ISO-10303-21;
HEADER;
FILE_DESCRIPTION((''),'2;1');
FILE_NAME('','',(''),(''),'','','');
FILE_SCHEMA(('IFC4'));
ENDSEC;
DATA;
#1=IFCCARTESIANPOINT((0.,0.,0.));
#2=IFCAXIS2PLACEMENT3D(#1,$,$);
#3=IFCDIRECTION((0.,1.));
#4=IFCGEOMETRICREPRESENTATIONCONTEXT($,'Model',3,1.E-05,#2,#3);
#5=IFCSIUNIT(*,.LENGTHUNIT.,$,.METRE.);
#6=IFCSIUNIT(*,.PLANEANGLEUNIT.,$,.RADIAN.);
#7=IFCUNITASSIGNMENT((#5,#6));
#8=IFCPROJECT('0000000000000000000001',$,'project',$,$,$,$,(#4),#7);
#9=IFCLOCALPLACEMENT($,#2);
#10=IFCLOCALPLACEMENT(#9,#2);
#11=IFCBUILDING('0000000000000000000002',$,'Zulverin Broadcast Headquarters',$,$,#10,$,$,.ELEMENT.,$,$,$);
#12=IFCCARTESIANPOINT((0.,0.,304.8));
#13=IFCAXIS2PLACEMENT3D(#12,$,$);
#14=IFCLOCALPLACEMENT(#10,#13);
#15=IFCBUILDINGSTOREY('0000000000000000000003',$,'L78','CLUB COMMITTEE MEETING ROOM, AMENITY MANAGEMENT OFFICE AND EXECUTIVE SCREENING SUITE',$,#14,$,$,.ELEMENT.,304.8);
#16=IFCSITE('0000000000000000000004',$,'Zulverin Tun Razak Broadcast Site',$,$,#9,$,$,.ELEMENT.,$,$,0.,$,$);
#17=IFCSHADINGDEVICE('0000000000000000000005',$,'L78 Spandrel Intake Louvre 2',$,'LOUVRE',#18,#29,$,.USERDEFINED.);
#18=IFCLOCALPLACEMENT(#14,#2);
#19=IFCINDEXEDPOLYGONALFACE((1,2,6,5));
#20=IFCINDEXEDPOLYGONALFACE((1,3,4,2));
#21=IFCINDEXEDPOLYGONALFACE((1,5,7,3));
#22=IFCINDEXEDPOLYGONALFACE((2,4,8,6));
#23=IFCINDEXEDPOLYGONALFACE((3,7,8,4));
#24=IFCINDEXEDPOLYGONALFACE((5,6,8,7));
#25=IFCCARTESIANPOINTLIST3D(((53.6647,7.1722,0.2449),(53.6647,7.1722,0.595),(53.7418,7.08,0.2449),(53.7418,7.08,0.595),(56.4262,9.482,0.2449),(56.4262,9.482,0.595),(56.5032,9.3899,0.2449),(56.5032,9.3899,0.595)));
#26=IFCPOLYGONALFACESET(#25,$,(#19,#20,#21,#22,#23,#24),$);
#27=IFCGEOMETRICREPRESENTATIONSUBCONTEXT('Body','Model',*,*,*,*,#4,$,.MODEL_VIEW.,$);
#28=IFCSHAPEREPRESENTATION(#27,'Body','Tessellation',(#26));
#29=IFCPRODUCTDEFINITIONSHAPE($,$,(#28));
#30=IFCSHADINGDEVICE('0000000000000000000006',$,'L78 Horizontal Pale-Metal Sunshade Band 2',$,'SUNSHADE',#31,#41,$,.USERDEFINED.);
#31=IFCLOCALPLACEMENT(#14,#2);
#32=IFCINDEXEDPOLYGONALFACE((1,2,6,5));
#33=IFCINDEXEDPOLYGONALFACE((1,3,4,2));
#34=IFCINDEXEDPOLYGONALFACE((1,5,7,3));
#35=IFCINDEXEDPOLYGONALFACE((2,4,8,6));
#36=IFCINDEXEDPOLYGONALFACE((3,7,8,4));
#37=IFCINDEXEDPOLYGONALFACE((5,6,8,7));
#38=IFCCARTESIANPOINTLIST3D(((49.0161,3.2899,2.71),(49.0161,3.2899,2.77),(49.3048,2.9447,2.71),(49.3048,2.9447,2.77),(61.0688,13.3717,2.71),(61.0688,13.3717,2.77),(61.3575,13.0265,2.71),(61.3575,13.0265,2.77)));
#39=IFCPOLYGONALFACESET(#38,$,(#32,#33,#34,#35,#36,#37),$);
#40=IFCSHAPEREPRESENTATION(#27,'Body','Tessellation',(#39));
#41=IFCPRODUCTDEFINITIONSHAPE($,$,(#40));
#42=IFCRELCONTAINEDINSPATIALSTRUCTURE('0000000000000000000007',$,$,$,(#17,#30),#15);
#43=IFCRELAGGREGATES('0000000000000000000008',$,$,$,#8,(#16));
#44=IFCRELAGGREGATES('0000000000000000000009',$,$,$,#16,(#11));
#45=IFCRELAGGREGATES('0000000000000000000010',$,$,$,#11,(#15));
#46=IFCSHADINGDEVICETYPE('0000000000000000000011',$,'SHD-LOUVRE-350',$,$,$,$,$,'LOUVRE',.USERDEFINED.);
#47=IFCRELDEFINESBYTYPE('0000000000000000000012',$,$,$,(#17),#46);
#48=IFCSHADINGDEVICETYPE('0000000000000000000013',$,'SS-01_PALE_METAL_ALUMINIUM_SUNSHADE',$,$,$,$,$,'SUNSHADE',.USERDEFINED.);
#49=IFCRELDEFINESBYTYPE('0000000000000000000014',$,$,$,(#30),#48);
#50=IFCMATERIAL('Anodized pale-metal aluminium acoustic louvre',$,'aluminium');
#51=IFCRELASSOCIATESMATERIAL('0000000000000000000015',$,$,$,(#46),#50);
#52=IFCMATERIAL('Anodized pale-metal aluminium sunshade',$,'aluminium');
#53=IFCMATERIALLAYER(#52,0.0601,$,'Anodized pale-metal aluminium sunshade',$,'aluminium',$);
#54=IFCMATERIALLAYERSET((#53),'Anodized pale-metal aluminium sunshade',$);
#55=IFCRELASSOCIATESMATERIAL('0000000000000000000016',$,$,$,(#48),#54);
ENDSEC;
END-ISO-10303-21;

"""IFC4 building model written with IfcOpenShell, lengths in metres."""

from ifc_helpers import new_model, si_unit, direction, frame, origin, origin_2d, place, context, subcontext, project, spatial, rectangle, extrude, material, layer, layer_set, type_object, element, save


model = new_model("IFC4")

# Units and contexts
model_context = context("Model", 3, precision=1e-05, world=origin(), true_north=direction((0.0, 1.0)))
body_context = subcontext(model_context, "Body", "Model", "MODEL_VIEW")
ifc_project = project(units=[si_unit("LENGTHUNIT", "METRE"), si_unit("PLANEANGLEUNIT", "RADIAN")], contexts=[model_context])

# Site, building, storey
site_placement = place(None, origin())
site = spatial("IfcSite", under=ifc_project, at=site_placement, Name="Zulverin Tun Razak Broadcast Site", CompositionType="ELEMENT", RefElevation=0.0)
building_placement = place(site_placement, origin())
building = spatial("IfcBuilding", under=site, at=building_placement, Name="Zulverin Broadcast Headquarters", CompositionType="ELEMENT")
storey_placement = place(building_placement, frame((0.0, 0.0, 304.8)))
storey = spatial("IfcBuildingStorey", under=building, at=storey_placement, Name="L78", Description="CLUB COMMITTEE MEETING ROOM, AMENITY MANAGEMENT OFFICE AND EXECUTIVE SCREENING SUITE", CompositionType="ELEMENT", Elevation=304.8)

# Shading devices
ifc_material_1 = material(Name="Anodized pale-metal aluminium acoustic louvre", Category="aluminium")
shading_device_type_1 = type_object("IfcShadingDeviceType", Name="SHD-LOUVRE-350", ElementType="LOUVRE", PredefinedType="USERDEFINED", material=ifc_material_1)
shading_device_1_placement = place(storey_placement, frame((55.084, 8.281, 0.2449), z_axis=(0.0, 0.0, 1.0), x_axis=(0.767035, 0.641605, 0.0)))
element("IfcShadingDevice", 1, at=shading_device_1_placement, inside=storey, type_object=shading_device_type_1, Name="L78 Spandrel Intake Louvre 2", ObjectType="LOUVRE", PredefinedType="USERDEFINED", context=body_context, shape_type="SweptSolid", body=[
    extrude(rectangle(XDim=3.6001, YDim=0.1201, at=origin_2d()), origin(), (0.0, 0.0, 1.0), 0.3501),
])
ifc_material_2 = material(Name="Anodized pale-metal aluminium sunshade", Category="aluminium")
ifc_layer_1 = layer(ifc_material_2, 0.0601, Name="Anodized pale-metal aluminium sunshade", Category="aluminium")
ifc_layer_set_1 = layer_set([ifc_layer_1], Name="Anodized pale-metal aluminium sunshade")
shading_device_type_2 = type_object("IfcShadingDeviceType", Name="SS-01_PALE_METAL_ALUMINIUM_SUNSHADE", ElementType="SUNSHADE", PredefinedType="USERDEFINED", material=ifc_layer_set_1)
shading_device_2_placement = place(storey_placement, frame((55.1868, 8.1582, 2.71), z_axis=(0.0, 0.0, 1.0), x_axis=(0.767035, 0.641605, 0.0)))
element("IfcShadingDevice", 2, at=shading_device_2_placement, inside=storey, type_object=shading_device_type_2, Name="L78 Horizontal Pale-Metal Sunshade Band 2", ObjectType="SUNSHADE", PredefinedType="USERDEFINED", context=body_context, shape_type="SweptSolid", body=[
    extrude(rectangle(XDim=15.7134, YDim=0.45, at=origin_2d()), origin(), (0.0, 0.0, 1.0), 0.0601),
])

save(model, "model.ifc")
